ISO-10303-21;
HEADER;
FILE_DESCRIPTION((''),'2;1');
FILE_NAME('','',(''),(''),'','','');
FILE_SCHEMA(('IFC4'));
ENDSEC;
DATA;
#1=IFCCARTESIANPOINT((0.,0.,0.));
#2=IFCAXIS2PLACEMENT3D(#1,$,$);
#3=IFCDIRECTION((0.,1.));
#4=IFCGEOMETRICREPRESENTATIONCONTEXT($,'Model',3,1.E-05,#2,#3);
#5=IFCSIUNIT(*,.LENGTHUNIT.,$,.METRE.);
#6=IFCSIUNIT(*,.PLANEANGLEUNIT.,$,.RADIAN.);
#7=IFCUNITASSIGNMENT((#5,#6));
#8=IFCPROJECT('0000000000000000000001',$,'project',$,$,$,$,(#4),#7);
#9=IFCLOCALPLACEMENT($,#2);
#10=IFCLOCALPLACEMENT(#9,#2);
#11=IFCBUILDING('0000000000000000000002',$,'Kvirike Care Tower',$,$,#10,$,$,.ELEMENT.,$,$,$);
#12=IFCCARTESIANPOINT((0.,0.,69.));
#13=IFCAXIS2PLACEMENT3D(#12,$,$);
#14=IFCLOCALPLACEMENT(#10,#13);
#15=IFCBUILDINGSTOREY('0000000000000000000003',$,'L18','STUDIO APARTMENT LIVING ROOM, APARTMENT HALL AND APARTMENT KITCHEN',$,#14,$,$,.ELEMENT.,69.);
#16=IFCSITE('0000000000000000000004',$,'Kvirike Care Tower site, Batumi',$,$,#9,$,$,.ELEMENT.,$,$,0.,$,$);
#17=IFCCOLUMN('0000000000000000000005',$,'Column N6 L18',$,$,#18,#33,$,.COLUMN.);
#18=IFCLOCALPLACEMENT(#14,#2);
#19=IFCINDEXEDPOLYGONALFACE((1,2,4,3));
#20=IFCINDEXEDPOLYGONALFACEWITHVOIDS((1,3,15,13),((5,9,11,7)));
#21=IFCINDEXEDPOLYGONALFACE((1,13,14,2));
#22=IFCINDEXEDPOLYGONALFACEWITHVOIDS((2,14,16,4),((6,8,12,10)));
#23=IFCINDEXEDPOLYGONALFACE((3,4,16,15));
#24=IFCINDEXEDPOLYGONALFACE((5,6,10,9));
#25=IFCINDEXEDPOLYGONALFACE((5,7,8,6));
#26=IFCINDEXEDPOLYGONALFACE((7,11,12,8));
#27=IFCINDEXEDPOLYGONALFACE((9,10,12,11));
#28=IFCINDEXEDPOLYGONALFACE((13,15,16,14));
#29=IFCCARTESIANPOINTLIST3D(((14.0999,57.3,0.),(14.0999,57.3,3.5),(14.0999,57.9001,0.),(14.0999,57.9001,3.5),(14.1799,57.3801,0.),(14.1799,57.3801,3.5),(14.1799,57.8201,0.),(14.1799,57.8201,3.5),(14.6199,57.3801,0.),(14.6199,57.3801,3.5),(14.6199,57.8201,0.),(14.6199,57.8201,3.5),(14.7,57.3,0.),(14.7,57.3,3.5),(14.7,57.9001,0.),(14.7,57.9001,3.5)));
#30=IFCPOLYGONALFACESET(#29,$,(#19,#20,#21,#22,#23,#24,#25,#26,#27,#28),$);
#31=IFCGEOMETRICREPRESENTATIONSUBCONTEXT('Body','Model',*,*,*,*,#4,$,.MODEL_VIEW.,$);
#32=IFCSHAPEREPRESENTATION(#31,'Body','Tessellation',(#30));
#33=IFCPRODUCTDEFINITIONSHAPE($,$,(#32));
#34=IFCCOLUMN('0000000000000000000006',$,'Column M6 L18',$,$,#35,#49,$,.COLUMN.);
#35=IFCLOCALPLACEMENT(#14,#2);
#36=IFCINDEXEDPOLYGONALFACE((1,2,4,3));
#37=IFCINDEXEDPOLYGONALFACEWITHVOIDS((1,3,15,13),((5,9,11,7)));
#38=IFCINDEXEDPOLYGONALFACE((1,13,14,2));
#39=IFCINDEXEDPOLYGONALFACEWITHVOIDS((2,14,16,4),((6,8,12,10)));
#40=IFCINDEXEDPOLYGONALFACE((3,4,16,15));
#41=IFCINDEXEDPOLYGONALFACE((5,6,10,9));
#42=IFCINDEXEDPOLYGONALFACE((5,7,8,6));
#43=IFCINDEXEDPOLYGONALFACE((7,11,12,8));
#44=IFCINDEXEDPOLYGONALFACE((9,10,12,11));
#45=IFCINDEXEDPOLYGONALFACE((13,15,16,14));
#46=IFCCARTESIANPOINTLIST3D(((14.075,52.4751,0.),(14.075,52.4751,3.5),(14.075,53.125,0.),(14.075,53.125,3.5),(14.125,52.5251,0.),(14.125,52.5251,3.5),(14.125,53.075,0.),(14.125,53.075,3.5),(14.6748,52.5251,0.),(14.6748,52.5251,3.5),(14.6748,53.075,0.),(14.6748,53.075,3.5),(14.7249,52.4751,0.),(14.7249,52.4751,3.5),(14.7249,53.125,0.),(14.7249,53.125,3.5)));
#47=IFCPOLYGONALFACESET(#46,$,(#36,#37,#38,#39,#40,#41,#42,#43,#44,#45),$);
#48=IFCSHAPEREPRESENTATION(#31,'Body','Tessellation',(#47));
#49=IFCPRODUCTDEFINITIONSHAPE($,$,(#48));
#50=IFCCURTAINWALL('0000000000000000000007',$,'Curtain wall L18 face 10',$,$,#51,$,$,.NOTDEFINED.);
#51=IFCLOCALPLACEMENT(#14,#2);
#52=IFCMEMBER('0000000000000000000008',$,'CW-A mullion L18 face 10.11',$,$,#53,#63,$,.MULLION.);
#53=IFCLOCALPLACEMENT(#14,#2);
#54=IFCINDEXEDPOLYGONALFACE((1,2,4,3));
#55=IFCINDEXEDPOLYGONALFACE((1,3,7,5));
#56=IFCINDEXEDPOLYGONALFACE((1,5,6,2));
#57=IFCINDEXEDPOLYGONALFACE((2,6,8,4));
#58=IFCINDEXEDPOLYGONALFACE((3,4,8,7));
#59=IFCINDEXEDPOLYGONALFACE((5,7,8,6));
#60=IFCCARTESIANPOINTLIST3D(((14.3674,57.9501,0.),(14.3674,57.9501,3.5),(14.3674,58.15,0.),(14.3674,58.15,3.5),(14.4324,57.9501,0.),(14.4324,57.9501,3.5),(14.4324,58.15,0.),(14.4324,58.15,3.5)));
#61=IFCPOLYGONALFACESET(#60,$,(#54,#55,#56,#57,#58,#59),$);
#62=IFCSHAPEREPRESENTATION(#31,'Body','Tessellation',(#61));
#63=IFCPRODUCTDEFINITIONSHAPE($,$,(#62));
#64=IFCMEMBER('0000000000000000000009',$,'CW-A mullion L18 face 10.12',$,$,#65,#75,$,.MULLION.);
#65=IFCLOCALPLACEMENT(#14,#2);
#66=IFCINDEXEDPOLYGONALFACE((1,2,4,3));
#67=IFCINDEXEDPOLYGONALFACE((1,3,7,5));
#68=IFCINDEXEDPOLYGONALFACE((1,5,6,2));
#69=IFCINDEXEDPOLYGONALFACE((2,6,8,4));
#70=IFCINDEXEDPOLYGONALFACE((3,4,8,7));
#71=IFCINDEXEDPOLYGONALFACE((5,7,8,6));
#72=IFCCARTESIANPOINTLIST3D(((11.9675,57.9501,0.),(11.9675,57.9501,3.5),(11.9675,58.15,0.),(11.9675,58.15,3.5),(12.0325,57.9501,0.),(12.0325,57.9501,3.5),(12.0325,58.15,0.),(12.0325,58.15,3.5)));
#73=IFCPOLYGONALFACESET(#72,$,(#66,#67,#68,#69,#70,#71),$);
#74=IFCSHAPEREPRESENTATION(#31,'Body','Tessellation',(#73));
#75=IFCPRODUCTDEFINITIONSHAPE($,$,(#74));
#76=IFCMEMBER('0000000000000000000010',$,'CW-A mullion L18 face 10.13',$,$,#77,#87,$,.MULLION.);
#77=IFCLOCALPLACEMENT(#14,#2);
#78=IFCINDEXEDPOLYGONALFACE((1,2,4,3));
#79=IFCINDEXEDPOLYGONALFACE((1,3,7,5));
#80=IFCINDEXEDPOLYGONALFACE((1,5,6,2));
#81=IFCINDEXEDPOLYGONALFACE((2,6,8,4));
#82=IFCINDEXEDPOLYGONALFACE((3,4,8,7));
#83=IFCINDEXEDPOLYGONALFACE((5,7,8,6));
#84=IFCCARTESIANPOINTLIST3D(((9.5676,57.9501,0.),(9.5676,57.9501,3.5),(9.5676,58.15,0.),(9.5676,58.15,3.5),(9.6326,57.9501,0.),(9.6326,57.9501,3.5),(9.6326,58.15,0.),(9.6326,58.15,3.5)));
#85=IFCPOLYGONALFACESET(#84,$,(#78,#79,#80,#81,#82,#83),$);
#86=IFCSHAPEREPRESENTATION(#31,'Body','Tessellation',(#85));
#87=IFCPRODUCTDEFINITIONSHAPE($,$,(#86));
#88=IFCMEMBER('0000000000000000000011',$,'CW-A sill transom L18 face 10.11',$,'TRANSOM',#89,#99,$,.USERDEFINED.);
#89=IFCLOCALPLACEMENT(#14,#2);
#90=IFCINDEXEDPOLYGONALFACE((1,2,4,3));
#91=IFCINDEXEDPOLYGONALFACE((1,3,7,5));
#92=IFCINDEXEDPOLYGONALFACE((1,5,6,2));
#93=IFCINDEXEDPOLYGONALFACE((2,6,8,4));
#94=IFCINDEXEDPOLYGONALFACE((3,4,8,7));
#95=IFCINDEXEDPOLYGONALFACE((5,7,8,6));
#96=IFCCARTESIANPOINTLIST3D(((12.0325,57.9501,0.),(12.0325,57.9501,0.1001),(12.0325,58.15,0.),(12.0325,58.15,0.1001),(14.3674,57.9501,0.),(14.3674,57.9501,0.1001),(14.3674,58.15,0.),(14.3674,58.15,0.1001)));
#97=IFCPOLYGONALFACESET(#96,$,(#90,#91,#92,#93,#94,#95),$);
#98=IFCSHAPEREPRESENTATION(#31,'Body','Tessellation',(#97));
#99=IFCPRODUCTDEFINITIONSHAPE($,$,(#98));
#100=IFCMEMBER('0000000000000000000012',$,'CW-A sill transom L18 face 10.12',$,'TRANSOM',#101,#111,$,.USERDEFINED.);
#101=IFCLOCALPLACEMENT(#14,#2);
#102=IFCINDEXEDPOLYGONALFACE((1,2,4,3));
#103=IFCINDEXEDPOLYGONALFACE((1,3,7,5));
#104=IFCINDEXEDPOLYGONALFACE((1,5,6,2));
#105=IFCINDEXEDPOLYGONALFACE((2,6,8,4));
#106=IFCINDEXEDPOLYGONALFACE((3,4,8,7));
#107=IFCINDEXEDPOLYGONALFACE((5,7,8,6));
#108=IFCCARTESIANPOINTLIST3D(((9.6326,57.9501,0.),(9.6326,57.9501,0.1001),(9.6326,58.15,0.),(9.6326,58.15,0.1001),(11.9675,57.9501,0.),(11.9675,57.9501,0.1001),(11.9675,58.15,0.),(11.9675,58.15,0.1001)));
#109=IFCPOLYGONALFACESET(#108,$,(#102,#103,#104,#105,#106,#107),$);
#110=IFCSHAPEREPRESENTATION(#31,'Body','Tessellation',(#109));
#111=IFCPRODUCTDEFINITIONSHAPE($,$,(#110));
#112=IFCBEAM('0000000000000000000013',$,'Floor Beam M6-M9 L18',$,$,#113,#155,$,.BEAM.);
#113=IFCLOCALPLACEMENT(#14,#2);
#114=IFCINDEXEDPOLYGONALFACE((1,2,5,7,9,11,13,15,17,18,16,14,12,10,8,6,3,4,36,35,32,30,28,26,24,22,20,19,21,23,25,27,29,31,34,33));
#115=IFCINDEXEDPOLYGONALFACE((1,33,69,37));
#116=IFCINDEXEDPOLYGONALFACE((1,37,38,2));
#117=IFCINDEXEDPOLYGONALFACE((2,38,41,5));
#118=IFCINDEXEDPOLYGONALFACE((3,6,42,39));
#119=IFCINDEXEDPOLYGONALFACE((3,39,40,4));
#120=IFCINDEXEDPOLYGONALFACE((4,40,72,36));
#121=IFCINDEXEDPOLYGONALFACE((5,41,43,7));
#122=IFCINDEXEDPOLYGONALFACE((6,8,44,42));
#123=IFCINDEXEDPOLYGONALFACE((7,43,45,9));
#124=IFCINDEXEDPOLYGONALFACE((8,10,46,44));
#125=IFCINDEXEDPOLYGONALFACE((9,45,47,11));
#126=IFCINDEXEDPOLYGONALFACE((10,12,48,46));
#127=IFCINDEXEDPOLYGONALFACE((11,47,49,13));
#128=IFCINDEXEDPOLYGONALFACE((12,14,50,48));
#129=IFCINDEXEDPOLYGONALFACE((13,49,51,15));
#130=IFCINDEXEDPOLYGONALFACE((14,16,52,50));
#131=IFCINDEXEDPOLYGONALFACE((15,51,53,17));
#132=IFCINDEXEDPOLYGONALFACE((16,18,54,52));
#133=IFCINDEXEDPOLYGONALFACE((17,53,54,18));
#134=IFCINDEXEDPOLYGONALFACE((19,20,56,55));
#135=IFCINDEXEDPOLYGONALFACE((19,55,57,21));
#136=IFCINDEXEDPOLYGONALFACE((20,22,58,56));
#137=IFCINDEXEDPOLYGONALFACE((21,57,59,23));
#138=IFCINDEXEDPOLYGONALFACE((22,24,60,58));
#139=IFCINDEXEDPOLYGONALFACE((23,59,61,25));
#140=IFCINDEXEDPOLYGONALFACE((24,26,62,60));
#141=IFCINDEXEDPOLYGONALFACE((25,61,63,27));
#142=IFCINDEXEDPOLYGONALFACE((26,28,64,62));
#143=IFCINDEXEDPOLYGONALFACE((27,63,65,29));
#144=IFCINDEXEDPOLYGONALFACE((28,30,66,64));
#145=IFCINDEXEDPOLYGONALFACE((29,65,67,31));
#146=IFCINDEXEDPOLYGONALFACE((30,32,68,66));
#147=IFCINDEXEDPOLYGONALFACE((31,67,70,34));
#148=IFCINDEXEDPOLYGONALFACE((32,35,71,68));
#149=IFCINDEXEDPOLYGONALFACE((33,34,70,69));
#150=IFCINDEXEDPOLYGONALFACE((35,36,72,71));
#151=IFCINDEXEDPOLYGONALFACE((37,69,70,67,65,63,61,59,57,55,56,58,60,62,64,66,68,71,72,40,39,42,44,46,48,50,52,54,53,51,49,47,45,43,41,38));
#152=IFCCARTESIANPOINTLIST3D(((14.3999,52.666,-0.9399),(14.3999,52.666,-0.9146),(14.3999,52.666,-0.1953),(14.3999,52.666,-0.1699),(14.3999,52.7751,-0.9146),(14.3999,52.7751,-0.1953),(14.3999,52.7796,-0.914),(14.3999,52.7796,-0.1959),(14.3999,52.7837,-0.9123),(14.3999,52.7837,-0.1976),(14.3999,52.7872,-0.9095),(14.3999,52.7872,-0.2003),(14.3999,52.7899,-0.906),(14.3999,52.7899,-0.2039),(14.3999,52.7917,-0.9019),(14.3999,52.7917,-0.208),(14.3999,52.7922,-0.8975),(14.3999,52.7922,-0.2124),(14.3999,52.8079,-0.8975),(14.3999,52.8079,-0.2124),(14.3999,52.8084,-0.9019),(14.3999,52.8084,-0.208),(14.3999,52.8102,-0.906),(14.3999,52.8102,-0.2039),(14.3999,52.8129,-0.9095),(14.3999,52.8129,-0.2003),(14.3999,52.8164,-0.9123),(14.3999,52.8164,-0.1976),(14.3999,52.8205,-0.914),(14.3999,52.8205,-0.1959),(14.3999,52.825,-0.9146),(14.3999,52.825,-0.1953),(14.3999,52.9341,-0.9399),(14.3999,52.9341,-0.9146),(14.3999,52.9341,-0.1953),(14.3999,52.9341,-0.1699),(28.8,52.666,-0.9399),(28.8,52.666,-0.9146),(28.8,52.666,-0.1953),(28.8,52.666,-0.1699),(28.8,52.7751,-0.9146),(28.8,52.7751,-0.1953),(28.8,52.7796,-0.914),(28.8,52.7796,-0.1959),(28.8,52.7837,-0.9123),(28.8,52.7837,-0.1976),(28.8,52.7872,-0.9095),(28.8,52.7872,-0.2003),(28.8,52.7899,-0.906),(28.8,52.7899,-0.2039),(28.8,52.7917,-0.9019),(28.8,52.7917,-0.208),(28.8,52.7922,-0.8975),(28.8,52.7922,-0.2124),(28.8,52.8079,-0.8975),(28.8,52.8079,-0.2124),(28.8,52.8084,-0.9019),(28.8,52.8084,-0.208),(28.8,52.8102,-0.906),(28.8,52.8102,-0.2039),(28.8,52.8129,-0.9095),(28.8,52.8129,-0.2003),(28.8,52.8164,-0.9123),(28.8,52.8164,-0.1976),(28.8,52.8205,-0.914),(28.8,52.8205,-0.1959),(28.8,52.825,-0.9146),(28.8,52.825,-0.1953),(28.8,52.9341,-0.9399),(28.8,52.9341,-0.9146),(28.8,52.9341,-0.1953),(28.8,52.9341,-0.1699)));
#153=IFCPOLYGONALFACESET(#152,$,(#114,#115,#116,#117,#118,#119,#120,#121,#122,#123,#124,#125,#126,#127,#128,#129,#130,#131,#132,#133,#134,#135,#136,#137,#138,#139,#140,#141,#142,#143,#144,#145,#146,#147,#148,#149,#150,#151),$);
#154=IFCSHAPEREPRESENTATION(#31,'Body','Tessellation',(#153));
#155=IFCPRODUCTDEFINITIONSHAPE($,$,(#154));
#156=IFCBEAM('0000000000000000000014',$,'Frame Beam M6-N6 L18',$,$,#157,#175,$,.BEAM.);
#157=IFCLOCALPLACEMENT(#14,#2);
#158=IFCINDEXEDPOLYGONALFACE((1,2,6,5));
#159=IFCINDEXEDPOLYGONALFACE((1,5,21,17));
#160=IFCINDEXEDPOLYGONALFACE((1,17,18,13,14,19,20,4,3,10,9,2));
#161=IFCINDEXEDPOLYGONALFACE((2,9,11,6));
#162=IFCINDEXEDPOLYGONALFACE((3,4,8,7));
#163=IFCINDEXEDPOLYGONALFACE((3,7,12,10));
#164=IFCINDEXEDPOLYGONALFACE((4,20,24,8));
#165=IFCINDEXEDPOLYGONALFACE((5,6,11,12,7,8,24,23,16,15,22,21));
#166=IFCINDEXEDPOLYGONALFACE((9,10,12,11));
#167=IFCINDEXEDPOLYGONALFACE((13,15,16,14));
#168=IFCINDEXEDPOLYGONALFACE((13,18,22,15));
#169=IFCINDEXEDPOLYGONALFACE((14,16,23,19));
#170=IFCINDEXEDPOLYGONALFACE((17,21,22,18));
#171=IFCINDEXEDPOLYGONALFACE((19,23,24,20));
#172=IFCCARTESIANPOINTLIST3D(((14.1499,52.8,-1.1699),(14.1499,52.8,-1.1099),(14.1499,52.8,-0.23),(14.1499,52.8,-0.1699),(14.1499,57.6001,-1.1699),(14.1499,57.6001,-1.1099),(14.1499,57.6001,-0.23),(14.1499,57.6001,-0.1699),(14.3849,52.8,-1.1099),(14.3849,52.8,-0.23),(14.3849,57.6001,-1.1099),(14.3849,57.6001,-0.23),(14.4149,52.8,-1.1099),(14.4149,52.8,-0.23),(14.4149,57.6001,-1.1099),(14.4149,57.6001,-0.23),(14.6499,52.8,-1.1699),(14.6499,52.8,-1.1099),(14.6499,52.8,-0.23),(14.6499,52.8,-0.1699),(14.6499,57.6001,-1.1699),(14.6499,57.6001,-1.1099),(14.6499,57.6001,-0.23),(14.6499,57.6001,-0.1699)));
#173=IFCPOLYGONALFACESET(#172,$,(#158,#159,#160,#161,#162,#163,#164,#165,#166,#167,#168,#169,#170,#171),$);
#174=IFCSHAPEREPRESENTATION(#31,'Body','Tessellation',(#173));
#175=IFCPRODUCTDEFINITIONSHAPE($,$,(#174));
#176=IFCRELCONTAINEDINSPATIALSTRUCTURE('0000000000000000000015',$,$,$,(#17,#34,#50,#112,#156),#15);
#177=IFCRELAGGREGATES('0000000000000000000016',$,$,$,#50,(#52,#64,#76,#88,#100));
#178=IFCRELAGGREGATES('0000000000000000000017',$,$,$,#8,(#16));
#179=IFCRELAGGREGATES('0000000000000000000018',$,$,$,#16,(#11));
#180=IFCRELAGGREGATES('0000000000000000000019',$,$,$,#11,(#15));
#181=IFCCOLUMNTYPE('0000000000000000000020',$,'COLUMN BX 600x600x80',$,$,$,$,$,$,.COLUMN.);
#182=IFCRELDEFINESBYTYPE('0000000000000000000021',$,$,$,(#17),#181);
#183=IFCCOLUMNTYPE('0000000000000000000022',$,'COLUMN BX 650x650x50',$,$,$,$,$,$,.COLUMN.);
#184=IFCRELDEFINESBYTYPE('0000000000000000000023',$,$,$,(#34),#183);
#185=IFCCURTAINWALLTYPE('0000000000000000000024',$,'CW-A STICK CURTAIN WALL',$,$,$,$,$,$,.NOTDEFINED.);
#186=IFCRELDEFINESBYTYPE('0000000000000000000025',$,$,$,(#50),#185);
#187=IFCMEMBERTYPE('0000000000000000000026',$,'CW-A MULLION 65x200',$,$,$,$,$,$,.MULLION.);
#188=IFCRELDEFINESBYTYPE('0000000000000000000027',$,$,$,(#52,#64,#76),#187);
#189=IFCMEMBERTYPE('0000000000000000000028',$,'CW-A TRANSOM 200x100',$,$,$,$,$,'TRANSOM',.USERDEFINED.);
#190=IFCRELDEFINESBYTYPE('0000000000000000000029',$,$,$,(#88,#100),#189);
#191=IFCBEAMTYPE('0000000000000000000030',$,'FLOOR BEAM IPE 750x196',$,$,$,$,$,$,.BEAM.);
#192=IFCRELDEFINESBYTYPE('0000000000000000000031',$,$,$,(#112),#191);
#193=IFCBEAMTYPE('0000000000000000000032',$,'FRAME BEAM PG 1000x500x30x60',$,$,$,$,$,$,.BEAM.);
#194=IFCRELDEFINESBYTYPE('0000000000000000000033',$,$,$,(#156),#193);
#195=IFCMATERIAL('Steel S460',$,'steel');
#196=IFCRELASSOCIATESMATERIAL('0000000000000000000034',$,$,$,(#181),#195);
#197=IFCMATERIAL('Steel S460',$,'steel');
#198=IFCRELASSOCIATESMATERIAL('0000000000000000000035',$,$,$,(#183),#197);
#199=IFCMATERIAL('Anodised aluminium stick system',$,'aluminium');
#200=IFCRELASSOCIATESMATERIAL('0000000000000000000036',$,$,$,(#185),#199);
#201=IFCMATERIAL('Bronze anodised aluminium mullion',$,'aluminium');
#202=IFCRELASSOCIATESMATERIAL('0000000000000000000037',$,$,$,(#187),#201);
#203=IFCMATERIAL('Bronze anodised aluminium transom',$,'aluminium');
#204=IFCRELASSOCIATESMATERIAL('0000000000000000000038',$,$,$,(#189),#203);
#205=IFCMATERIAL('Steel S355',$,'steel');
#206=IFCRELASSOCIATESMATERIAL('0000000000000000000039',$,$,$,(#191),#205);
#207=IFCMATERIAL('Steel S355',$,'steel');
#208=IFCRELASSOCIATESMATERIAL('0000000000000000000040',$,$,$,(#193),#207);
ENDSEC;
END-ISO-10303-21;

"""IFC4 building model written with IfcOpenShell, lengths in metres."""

from ifc_helpers import new_model, si_unit, direction, frame, origin, origin_2d, place, context, subcontext, project, spatial, rectangle, hollow_rectangle, i_section, extrude, material, material_profile, profile_set, type_object, element, aggregate, save


model = new_model("IFC4")

# Units and contexts
model_context = context("Model", 3, precision=1e-05, world=origin(), true_north=direction((0.0, 1.0)))
body_context = subcontext(model_context, "Body", "Model", "MODEL_VIEW")
ifc_project = project(units=[si_unit("LENGTHUNIT", "METRE"), si_unit("PLANEANGLEUNIT", "RADIAN")], contexts=[model_context])

# Site, building, storey
site_placement = place(None, origin())
site = spatial("IfcSite", under=ifc_project, at=site_placement, Name="Kvirike Care Tower site, Batumi", CompositionType="ELEMENT", RefElevation=0.0)
building_placement = place(site_placement, origin())
building = spatial("IfcBuilding", under=site, at=building_placement, Name="Kvirike Care Tower", CompositionType="ELEMENT")
storey_placement = place(building_placement, frame((0.0, 0.0, 69.0)))
storey = spatial("IfcBuildingStorey", under=building, at=storey_placement, Name="L18", Description="STUDIO APARTMENT LIVING ROOM, APARTMENT HALL AND APARTMENT KITCHEN", CompositionType="ELEMENT", Elevation=69.0)

# Columns
ifc_material_1 = material(Name="Steel S460", Category="steel")
ifc_material_profile_1 = material_profile(ifc_material_1, hollow_rectangle(XDim=0.6001, YDim=0.6001, WallThickness=0.0801, at=origin_2d()), Name="BX 600x600x80")
ifc_profile_set_1 = profile_set([ifc_material_profile_1], Name="Steel S460")
column_type_1 = type_object("IfcColumnType", Name="COLUMN BX 600x600x80", PredefinedType="COLUMN", material=ifc_profile_set_1)
column_1_placement = place(storey_placement, frame((14.3999, 57.6001, 0.0), z_axis=(0.0, 0.0, 1.0), x_axis=(0.0, 1.0, 0.0)))
element("IfcColumn", 1, at=column_1_placement, inside=storey, type_object=column_type_1, Name="Column N6 L18", PredefinedType="COLUMN", context=body_context, shape_type="SweptSolid", body=[
    extrude(hollow_rectangle(XDim=0.6001, YDim=0.6001, WallThickness=0.0801, at=origin_2d()), origin(), (0.0, 0.0, 1.0), 3.5),
])
ifc_material_2 = material(Name="Steel S460", Category="steel")
ifc_material_profile_2 = material_profile(ifc_material_2, hollow_rectangle(XDim=0.6499, YDim=0.6499, WallThickness=0.05, at=origin_2d()), Name="BX 650x650x50")
ifc_profile_set_2 = profile_set([ifc_material_profile_2], Name="Steel S460")
column_type_2 = type_object("IfcColumnType", Name="COLUMN BX 650x650x50", PredefinedType="COLUMN", material=ifc_profile_set_2)
column_2_placement = place(storey_placement, frame((14.3999, 52.8, 0.0), z_axis=(0.0, 0.0, 1.0), x_axis=(1.0, 0.0, 0.0)))
element("IfcColumn", 2, at=column_2_placement, inside=storey, type_object=column_type_2, Name="Column M6 L18", PredefinedType="COLUMN", context=body_context, shape_type="SweptSolid", body=[
    extrude(hollow_rectangle(XDim=0.6499, YDim=0.6499, WallThickness=0.05, at=origin_2d()), origin(), (0.0, 0.0, 1.0), 3.5),
])

# Curtain wall, members
ifc_material_3 = material(Name="Anodised aluminium stick system", Category="aluminium")
curtain_wall_type = type_object("IfcCurtainWallType", Name="CW-A STICK CURTAIN WALL", PredefinedType="NOTDEFINED", material=ifc_material_3)
curtain_wall_placement = place(storey_placement, origin())
curtain_wall = element("IfcCurtainWall", 3, at=curtain_wall_placement, inside=storey, type_object=curtain_wall_type, Name="Curtain wall L18 face 10", PredefinedType="NOTDEFINED")
ifc_material_4 = material(Name="Bronze anodised aluminium mullion", Category="aluminium")
ifc_material_profile_3 = material_profile(ifc_material_4, rectangle(XDim=0.0649, YDim=0.2, at=origin_2d()), Name="CW-A MULLION 65x200")
ifc_profile_set_3 = profile_set([ifc_material_profile_3], Name="Bronze anodised aluminium mullion")
member_type_1 = type_object("IfcMemberType", Name="CW-A MULLION 65x200", PredefinedType="MULLION", material=ifc_profile_set_3)
member_1_placement = place(storey_placement, frame((14.3999, 58.05, 0.0), z_axis=(0.0, 0.0, 1.0), x_axis=(-1.0, 0.0, 0.0)))
member_1 = element("IfcMember", 4, at=member_1_placement, type_object=member_type_1, Name="CW-A mullion L18 face 10.11", PredefinedType="MULLION", context=body_context, shape_type="SweptSolid", body=[
    extrude(rectangle(XDim=0.0649, YDim=0.2, at=origin_2d()), origin(), (0.0, 0.0, 1.0), 3.5),
])
member_2_placement = place(storey_placement, frame((12.0, 58.05, 0.0), z_axis=(0.0, 0.0, 1.0), x_axis=(-1.0, 0.0, 0.0)))
member_2 = element("IfcMember", 5, at=member_2_placement, type_object=member_type_1, Name="CW-A mullion L18 face 10.12", PredefinedType="MULLION", context=body_context, shape_type="SweptSolid", body=[
    extrude(rectangle(XDim=0.0649, YDim=0.2, at=origin_2d()), origin(), (0.0, 0.0, 1.0), 3.5),
])
member_3_placement = place(storey_placement, frame((9.6001, 58.05, 0.0), z_axis=(0.0, 0.0, 1.0), x_axis=(-1.0, 0.0, 0.0)))
member_3 = element("IfcMember", 6, at=member_3_placement, type_object=member_type_1, Name="CW-A mullion L18 face 10.13", PredefinedType="MULLION", context=body_context, shape_type="SweptSolid", body=[
    extrude(rectangle(XDim=0.0649, YDim=0.2, at=origin_2d()), origin(), (0.0, 0.0, 1.0), 3.5),
])
ifc_material_5 = material(Name="Bronze anodised aluminium transom", Category="aluminium")
ifc_material_profile_4 = material_profile(ifc_material_5, rectangle(XDim=0.2, YDim=0.1001, at=origin_2d()), Name="CW-A TRANSOM 200x100")
ifc_profile_set_4 = profile_set([ifc_material_profile_4], Name="Bronze anodised aluminium transom")
member_type_2 = type_object("IfcMemberType", Name="CW-A TRANSOM 200x100", ElementType="TRANSOM", PredefinedType="USERDEFINED", material=ifc_profile_set_4)
member_4_placement = place(storey_placement, frame((14.3674, 58.05, 0.05), z_axis=(-1.0, 0.0, 0.0), x_axis=(0.0, -1.0, 0.0)))
member_4 = element("IfcMember", 7, at=member_4_placement, type_object=member_type_2, Name="CW-A sill transom L18 face 10.11", ObjectType="TRANSOM", PredefinedType="USERDEFINED", context=body_context, shape_type="SweptSolid", body=[
    extrude(rectangle(XDim=0.2, YDim=0.1001, at=origin_2d()), origin(), (0.0, 0.0, 1.0), 2.335),
])
member_5_placement = place(storey_placement, frame((11.9675, 58.05, 0.05), z_axis=(-1.0, 0.0, 0.0), x_axis=(0.0, -1.0, 0.0)))
member_5 = element("IfcMember", 8, at=member_5_placement, type_object=member_type_2, Name="CW-A sill transom L18 face 10.12", ObjectType="TRANSOM", PredefinedType="USERDEFINED", context=body_context, shape_type="SweptSolid", body=[
    extrude(rectangle(XDim=0.2, YDim=0.1001, at=origin_2d()), origin(), (0.0, 0.0, 1.0), 2.335),
])

# Beams
ifc_material_6 = material(Name="Steel S355", Category="steel")
ifc_material_profile_5 = material_profile(ifc_material_6, i_section(OverallWidth=0.2681, OverallDepth=0.77, WebThickness=0.0156, FlangeThickness=0.0254, FilletRadius=0.0171, at=origin_2d()), Name="IPE 750x196")
ifc_profile_set_5 = profile_set([ifc_material_profile_5], Name="Steel S355")
beam_type_1 = type_object("IfcBeamType", Name="FLOOR BEAM IPE 750x196", PredefinedType="BEAM", material=ifc_profile_set_5)
beam_1_placement = place(storey_placement, frame((14.3999, 52.8, -0.5549), z_axis=(1.0, 0.0, 0.0), x_axis=(0.0, 1.0, 0.0)))
element("IfcBeam", 9, at=beam_1_placement, inside=storey, type_object=beam_type_1, Name="Floor Beam M6-M9 L18", PredefinedType="BEAM", context=body_context, shape_type="SweptSolid", body=[
    extrude(i_section(OverallWidth=0.2681, OverallDepth=0.77, WebThickness=0.0156, FlangeThickness=0.0254, FilletRadius=0.0171, at=origin_2d()), origin(), (0.0, 0.0, 1.0), 14.4001),
])
ifc_material_7 = material(Name="Steel S355", Category="steel")
ifc_material_profile_6 = material_profile(ifc_material_7, i_section(OverallWidth=0.5, OverallDepth=1.0, WebThickness=0.03, FlangeThickness=0.0601, at=origin_2d()), Name="PG 1000x500x30x60")
ifc_profile_set_6 = profile_set([ifc_material_profile_6], Name="Steel S355")
beam_type_2 = type_object("IfcBeamType", Name="FRAME BEAM PG 1000x500x30x60", PredefinedType="BEAM", material=ifc_profile_set_6)
beam_2_placement = place(storey_placement, frame((14.3999, 52.8, -0.6699), z_axis=(0.0, 1.0, 0.0), x_axis=(-1.0, 0.0, 0.0)))
element("IfcBeam", 10, at=beam_2_placement, inside=storey, type_object=beam_type_2, Name="Frame Beam M6-N6 L18", PredefinedType="BEAM", context=body_context, shape_type="SweptSolid", body=[
    extrude(i_section(OverallWidth=0.5, OverallDepth=1.0, WebThickness=0.03, FlangeThickness=0.0601, at=origin_2d()), origin(), (0.0, 0.0, 1.0), 4.8),
])

aggregate(curtain_wall, [member_1, member_2, member_3, member_4, member_5])

save(model, "model.ifc")
